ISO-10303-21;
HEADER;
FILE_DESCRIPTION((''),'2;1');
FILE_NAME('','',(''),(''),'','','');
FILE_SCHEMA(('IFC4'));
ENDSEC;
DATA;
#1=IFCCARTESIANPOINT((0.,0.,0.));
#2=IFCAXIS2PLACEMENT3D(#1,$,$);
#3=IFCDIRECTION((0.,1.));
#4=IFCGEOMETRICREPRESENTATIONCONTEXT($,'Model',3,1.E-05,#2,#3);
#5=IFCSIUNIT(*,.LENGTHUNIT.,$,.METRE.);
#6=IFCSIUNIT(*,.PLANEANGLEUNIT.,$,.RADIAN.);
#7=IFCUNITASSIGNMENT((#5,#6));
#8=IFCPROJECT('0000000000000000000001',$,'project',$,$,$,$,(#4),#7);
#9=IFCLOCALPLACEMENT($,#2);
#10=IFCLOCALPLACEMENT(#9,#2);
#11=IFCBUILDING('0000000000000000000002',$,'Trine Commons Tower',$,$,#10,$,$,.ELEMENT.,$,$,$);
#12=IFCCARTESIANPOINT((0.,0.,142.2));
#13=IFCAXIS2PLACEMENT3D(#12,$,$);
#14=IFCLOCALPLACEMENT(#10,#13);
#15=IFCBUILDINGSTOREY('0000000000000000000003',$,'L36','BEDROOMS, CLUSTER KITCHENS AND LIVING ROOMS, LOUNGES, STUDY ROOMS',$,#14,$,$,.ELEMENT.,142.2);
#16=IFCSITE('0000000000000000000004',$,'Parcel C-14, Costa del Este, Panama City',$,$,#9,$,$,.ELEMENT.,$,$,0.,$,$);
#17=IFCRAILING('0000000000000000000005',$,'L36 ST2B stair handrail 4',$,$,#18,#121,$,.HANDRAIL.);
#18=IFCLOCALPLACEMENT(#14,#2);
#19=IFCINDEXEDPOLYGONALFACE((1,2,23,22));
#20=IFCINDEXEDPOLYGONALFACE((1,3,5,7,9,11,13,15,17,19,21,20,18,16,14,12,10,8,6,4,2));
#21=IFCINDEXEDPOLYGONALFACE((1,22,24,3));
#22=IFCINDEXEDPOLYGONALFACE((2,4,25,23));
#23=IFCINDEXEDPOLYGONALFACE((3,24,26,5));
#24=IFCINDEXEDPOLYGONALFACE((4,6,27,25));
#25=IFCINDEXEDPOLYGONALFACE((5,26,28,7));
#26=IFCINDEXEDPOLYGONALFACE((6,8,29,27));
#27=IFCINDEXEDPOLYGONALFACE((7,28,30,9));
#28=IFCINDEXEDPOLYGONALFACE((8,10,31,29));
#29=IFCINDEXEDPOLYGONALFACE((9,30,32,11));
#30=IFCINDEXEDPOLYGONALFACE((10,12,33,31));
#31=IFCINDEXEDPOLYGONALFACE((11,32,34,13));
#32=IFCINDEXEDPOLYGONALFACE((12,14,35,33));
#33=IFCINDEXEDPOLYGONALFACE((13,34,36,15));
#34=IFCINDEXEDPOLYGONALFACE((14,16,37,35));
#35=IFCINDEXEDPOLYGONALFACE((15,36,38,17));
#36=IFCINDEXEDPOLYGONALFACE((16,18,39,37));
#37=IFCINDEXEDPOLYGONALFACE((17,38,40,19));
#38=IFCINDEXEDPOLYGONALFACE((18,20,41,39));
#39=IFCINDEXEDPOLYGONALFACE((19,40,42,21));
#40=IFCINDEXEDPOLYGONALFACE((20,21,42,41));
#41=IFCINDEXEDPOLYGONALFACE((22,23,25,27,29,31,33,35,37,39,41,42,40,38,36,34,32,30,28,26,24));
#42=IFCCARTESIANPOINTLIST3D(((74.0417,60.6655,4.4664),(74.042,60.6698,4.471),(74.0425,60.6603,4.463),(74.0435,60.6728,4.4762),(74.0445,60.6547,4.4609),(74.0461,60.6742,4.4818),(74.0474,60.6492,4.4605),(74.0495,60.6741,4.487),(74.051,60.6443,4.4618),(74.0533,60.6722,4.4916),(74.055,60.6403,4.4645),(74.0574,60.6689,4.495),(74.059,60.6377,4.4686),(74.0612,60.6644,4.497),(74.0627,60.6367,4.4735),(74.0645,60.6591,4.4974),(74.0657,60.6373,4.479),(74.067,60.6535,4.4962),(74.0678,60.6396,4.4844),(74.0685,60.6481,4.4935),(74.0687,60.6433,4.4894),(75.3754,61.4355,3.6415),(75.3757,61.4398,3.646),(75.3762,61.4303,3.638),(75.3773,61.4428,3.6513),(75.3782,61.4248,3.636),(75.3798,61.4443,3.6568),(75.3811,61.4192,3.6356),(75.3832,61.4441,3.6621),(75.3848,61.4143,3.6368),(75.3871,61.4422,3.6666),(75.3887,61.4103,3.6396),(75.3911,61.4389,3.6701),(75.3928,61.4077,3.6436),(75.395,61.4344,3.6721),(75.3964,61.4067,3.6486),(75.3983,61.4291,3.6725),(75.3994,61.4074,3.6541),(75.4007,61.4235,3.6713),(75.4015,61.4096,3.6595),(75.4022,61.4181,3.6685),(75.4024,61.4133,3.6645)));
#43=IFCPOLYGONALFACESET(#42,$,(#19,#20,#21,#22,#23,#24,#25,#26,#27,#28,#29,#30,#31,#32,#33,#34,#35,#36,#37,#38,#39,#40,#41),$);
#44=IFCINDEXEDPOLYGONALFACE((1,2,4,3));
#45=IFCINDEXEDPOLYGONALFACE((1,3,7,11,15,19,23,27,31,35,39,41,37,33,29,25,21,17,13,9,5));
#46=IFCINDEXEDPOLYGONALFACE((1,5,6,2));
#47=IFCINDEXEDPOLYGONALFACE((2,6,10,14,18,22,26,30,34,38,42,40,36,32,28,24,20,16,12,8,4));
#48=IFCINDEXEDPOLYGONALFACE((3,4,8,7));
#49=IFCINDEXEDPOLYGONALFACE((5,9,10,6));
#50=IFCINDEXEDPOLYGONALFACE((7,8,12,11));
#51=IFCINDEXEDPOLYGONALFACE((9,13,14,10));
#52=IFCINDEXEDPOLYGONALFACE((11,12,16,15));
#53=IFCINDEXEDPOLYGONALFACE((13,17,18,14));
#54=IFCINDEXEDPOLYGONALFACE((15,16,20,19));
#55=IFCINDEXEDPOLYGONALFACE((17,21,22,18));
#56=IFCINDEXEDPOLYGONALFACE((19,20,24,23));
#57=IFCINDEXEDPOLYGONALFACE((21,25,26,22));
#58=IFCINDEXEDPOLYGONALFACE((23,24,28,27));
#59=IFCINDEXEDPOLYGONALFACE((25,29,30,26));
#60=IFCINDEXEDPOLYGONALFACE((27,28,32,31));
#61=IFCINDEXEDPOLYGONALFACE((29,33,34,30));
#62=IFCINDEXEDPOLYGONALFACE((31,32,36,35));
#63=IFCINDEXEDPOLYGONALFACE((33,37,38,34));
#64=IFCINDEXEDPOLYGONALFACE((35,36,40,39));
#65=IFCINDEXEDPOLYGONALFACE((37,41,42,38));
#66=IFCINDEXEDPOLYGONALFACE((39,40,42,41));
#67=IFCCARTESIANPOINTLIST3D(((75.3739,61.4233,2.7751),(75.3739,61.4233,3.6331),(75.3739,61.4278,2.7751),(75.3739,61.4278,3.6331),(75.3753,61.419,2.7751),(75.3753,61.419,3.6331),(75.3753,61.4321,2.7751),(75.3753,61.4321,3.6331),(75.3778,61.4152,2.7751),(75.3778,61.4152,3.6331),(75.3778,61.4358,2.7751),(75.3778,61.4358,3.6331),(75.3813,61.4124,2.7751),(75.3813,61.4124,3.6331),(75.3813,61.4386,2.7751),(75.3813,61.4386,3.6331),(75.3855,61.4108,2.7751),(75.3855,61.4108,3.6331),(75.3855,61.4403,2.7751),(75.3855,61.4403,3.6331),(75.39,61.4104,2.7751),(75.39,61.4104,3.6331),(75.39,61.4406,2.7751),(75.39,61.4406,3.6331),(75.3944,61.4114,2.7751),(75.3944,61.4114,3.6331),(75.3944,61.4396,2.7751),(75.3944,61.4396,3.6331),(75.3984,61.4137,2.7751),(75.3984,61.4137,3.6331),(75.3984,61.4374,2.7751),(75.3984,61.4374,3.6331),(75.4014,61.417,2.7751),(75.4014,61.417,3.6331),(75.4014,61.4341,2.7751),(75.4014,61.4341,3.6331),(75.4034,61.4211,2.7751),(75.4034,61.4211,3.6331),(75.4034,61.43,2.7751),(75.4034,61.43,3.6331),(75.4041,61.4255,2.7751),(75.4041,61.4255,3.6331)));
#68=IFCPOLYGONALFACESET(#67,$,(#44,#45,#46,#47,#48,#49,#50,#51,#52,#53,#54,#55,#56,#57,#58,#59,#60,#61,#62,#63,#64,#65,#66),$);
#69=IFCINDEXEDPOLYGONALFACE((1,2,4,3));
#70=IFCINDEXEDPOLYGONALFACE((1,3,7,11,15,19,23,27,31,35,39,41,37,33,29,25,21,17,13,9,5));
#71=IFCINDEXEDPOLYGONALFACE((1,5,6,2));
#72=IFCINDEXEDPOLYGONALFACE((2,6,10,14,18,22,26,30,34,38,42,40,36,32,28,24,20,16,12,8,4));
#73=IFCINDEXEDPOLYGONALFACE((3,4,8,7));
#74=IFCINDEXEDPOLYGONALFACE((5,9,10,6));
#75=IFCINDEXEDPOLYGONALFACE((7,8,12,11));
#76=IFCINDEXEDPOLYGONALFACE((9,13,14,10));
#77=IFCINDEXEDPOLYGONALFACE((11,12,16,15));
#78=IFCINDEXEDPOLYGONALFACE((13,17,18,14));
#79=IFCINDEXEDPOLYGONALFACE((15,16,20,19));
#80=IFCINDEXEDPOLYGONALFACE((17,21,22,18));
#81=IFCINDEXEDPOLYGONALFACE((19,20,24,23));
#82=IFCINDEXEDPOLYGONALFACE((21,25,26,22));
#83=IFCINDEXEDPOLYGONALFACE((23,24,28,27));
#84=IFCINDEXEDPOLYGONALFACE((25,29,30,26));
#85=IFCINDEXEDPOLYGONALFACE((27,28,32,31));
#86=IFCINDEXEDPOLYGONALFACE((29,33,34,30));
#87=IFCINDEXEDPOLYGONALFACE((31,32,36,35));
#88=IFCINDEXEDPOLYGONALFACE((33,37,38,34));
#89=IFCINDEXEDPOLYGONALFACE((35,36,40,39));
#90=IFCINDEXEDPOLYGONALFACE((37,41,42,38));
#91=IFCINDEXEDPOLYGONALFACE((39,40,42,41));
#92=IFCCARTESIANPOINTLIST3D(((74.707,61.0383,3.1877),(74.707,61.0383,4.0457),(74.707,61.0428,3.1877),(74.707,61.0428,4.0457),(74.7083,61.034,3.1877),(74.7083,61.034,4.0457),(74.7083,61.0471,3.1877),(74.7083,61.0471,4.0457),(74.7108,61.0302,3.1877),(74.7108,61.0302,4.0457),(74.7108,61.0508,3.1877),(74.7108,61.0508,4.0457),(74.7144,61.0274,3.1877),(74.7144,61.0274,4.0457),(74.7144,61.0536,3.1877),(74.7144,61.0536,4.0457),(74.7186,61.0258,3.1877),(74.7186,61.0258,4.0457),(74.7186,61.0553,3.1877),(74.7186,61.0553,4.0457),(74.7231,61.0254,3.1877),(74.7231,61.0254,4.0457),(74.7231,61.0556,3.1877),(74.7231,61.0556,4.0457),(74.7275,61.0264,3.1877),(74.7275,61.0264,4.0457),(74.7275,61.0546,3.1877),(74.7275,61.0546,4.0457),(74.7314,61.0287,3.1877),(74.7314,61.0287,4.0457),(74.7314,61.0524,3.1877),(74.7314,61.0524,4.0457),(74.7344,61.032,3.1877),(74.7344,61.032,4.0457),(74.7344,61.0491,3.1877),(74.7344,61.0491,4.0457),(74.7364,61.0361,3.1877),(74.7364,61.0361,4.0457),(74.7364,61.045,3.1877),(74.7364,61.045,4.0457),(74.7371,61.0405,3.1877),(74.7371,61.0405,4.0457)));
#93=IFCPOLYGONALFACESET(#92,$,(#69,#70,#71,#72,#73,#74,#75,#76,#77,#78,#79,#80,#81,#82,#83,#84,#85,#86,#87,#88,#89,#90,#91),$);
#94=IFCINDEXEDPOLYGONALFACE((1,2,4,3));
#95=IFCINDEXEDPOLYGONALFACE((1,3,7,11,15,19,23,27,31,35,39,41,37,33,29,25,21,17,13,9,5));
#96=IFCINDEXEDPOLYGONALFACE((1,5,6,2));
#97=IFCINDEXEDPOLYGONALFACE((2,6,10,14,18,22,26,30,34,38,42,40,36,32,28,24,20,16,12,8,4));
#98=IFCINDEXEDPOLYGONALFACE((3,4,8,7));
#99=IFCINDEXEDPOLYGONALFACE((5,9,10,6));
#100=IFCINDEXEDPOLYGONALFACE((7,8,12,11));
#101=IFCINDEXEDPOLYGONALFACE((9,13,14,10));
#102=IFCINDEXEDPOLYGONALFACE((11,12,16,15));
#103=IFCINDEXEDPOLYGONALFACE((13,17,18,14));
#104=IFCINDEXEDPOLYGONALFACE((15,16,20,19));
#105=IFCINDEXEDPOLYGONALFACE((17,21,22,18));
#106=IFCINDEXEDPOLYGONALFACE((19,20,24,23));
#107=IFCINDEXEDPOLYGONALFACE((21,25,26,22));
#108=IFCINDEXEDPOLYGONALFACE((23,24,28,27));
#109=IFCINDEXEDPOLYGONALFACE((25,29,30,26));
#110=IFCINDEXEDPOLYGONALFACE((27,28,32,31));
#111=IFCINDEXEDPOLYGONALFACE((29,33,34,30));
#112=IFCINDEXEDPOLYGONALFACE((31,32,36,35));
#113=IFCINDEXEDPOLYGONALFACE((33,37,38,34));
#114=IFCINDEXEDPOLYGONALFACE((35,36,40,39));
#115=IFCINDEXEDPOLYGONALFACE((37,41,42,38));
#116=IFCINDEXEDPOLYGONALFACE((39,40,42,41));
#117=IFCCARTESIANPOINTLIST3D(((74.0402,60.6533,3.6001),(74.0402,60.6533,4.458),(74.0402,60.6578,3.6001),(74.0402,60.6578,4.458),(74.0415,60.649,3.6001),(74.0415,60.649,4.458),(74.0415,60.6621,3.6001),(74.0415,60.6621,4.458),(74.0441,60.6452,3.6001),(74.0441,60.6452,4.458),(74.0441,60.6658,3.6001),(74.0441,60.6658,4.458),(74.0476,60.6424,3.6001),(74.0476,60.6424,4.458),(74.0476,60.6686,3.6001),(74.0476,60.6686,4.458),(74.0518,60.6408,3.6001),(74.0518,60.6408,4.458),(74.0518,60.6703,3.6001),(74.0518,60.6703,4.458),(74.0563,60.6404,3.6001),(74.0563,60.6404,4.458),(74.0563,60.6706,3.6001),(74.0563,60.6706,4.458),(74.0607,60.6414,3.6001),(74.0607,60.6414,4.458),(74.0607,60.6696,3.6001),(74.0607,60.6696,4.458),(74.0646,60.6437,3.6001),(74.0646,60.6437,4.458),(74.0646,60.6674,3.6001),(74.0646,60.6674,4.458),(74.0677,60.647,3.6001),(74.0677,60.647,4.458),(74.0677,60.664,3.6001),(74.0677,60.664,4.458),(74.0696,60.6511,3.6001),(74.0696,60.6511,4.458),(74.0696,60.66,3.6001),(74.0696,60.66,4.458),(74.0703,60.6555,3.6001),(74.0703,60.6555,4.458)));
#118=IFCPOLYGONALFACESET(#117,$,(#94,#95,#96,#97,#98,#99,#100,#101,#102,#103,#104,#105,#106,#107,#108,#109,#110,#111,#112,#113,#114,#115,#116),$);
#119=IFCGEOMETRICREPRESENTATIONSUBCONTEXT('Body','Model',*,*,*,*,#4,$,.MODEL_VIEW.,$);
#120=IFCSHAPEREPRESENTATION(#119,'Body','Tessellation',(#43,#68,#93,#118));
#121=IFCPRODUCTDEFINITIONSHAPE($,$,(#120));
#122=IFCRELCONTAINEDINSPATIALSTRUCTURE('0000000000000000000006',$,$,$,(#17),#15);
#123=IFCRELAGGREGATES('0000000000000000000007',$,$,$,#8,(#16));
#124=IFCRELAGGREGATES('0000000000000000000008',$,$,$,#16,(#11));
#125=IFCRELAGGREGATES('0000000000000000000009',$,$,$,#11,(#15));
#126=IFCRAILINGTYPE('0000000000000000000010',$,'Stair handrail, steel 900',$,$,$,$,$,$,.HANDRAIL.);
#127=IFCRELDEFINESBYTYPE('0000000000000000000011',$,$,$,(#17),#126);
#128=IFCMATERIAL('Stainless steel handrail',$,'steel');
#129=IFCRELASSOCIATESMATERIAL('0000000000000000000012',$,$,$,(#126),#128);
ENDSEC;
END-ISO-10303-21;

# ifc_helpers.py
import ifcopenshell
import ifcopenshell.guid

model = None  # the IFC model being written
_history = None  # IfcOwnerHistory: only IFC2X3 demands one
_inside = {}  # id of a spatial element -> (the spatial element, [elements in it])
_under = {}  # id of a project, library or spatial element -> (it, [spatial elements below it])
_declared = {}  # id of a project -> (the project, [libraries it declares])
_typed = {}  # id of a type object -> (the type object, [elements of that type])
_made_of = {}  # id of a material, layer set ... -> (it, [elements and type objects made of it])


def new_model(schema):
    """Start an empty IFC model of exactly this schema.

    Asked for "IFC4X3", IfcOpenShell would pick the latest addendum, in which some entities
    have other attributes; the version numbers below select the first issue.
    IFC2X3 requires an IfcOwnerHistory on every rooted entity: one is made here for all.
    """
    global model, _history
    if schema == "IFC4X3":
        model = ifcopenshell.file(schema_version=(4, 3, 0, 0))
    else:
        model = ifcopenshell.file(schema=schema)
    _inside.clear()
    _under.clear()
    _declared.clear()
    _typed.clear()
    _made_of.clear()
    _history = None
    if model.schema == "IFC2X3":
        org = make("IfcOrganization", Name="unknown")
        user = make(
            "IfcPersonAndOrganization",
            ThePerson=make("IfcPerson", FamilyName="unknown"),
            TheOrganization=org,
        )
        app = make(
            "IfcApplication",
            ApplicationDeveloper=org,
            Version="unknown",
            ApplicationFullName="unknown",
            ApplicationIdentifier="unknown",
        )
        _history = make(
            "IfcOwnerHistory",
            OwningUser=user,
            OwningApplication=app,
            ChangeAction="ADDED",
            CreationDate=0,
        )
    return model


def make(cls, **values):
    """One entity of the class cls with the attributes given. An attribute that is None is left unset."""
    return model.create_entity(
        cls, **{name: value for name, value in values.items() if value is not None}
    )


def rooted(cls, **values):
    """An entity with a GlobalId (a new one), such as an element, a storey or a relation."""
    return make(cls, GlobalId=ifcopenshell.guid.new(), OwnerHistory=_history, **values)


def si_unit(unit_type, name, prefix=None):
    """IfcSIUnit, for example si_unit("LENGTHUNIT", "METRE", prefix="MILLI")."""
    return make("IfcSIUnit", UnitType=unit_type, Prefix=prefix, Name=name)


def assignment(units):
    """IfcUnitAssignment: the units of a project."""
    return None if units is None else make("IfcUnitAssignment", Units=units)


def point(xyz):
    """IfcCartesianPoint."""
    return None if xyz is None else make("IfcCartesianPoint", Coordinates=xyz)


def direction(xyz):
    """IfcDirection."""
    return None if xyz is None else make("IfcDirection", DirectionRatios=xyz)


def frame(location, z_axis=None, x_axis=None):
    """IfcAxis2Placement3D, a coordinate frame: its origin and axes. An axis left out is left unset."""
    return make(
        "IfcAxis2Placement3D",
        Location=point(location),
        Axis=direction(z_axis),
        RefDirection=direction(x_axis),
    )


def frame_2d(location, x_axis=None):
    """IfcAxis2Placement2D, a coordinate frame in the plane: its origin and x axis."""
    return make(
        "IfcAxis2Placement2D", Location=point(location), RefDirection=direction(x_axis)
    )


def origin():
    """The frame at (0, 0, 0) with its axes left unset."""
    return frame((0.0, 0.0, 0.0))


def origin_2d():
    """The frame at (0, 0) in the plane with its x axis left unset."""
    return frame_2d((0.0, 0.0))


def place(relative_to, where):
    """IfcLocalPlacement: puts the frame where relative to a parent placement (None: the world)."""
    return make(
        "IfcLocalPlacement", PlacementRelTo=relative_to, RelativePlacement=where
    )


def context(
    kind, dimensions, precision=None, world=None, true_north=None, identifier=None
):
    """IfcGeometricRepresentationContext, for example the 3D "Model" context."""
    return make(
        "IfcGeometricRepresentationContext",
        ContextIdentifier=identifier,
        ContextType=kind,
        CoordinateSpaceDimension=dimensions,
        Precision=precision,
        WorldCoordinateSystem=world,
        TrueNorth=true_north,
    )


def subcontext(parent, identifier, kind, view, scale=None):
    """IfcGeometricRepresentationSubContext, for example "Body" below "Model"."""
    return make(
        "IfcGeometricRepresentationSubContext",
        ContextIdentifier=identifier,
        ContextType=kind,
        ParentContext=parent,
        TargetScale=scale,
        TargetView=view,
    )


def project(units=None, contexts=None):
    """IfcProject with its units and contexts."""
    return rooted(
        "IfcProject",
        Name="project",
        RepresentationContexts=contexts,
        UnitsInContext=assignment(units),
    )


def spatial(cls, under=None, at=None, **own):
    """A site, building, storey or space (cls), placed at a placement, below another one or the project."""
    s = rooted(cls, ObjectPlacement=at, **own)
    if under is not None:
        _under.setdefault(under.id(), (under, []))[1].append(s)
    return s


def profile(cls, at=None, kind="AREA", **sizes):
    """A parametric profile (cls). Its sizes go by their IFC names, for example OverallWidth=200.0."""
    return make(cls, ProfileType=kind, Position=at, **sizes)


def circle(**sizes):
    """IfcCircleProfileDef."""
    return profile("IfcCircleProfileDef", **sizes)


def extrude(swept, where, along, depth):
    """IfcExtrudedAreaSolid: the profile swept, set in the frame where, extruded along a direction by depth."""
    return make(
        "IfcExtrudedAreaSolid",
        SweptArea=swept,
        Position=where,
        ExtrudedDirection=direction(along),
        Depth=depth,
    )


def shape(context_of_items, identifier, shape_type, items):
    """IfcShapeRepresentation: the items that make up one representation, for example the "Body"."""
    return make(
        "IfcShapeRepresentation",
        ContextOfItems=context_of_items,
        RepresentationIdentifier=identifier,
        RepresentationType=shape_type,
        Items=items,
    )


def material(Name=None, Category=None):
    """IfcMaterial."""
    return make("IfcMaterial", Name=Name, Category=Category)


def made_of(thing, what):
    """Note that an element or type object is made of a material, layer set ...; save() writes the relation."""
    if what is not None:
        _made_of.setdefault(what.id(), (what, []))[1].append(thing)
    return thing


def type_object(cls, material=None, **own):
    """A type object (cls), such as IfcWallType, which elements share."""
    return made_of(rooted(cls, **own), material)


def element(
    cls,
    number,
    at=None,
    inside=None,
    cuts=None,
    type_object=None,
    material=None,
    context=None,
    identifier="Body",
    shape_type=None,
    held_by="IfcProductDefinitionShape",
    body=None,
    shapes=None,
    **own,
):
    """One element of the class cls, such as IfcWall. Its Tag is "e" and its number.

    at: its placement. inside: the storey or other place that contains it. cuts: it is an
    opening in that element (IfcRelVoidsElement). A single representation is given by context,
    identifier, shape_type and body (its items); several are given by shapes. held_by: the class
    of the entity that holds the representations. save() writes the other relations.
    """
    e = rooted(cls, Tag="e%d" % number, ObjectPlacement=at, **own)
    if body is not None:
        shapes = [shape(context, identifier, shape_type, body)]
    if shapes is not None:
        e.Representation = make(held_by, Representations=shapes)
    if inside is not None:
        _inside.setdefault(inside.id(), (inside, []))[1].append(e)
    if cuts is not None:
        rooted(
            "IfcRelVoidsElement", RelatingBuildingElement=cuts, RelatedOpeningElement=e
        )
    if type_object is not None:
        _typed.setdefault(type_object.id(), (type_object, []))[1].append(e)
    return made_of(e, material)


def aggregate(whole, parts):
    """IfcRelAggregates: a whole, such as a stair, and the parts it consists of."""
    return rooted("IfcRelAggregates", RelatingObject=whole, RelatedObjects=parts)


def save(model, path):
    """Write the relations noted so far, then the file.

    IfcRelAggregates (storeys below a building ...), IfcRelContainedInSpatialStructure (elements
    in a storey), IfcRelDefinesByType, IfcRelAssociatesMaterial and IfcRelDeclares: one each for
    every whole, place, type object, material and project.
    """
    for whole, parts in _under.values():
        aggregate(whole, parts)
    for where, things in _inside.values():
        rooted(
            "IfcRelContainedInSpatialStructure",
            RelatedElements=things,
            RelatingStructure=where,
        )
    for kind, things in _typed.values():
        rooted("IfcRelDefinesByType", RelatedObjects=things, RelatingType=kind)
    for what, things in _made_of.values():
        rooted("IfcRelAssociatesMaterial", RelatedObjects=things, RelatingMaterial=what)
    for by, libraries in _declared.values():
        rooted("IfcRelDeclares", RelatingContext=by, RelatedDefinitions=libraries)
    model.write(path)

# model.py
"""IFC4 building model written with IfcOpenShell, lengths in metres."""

from ifc_helpers import new_model, si_unit, direction, frame, origin, origin_2d, place, context, subcontext, project, spatial, circle, extrude, material, type_object, element, save


model = new_model("IFC4")

# Units and contexts
model_context = context("Model", 3, precision=1e-05, world=origin(), true_north=direction((0.0, 1.0)))
body_context = subcontext(model_context, "Body", "Model", "MODEL_VIEW")
ifc_project = project(units=[si_unit("LENGTHUNIT", "METRE"), si_unit("PLANEANGLEUNIT", "RADIAN")], contexts=[model_context])

# Site, building, storey
site_placement = place(None, origin())
site = spatial("IfcSite", under=ifc_project, at=site_placement, Name="Parcel C-14, Costa del Este, Panama City", CompositionType="ELEMENT", RefElevation=0.0)
building_placement = place(site_placement, origin())
building = spatial("IfcBuilding", under=site, at=building_placement, Name="Trine Commons Tower", CompositionType="ELEMENT")
storey_placement = place(building_placement, frame((0.0, 0.0, 142.2)))
storey = spatial("IfcBuildingStorey", under=building, at=storey_placement, Name="L36", Description="BEDROOMS, CLUSTER KITCHENS AND LIVING ROOMS, LOUNGES, STUDY ROOMS", CompositionType="ELEMENT", Elevation=142.2)

# Railing
ifc_material_1 = material(Name="Stainless steel handrail", Category="steel")
railing_type_1 = type_object("IfcRailingType", Name="Stair handrail, steel 900", PredefinedType="HANDRAIL", material=ifc_material_1)
railing_1_placement = place(storey_placement, frame((75.3889, 61.4255, 2.7751)))
element("IfcRailing", 1, at=railing_1_placement, inside=storey, type_object=railing_type_1, Name="L36 ST2B stair handrail 4", PredefinedType="HANDRAIL", context=body_context, shape_type="SweptSolid", body=[
    extrude(circle(Radius=0.021, at=origin_2d()), frame((0.0, 0.0, 0.8789), z_axis=(-0.763405, -0.440743, 0.472185), x_axis=(0.499992, -0.86603, 0.0)), (0.0, 0.0, 1.0), 1.7471),
    extrude(circle(Radius=0.0151, at=origin_2d()), origin(), (0.0, 0.0, 1.0), 0.8579),
    extrude(circle(Radius=0.0151, at=origin_2d()), frame((-0.667, -0.385, 0.4126)), (0.0, 0.0, 1.0), 0.8579),
    extrude(circle(Radius=0.0151, at=origin_2d()), frame((-1.3337, -0.77, 0.825)), (0.0, 0.0, 1.0), 0.8579),
])

save(model, "model.ifc")
